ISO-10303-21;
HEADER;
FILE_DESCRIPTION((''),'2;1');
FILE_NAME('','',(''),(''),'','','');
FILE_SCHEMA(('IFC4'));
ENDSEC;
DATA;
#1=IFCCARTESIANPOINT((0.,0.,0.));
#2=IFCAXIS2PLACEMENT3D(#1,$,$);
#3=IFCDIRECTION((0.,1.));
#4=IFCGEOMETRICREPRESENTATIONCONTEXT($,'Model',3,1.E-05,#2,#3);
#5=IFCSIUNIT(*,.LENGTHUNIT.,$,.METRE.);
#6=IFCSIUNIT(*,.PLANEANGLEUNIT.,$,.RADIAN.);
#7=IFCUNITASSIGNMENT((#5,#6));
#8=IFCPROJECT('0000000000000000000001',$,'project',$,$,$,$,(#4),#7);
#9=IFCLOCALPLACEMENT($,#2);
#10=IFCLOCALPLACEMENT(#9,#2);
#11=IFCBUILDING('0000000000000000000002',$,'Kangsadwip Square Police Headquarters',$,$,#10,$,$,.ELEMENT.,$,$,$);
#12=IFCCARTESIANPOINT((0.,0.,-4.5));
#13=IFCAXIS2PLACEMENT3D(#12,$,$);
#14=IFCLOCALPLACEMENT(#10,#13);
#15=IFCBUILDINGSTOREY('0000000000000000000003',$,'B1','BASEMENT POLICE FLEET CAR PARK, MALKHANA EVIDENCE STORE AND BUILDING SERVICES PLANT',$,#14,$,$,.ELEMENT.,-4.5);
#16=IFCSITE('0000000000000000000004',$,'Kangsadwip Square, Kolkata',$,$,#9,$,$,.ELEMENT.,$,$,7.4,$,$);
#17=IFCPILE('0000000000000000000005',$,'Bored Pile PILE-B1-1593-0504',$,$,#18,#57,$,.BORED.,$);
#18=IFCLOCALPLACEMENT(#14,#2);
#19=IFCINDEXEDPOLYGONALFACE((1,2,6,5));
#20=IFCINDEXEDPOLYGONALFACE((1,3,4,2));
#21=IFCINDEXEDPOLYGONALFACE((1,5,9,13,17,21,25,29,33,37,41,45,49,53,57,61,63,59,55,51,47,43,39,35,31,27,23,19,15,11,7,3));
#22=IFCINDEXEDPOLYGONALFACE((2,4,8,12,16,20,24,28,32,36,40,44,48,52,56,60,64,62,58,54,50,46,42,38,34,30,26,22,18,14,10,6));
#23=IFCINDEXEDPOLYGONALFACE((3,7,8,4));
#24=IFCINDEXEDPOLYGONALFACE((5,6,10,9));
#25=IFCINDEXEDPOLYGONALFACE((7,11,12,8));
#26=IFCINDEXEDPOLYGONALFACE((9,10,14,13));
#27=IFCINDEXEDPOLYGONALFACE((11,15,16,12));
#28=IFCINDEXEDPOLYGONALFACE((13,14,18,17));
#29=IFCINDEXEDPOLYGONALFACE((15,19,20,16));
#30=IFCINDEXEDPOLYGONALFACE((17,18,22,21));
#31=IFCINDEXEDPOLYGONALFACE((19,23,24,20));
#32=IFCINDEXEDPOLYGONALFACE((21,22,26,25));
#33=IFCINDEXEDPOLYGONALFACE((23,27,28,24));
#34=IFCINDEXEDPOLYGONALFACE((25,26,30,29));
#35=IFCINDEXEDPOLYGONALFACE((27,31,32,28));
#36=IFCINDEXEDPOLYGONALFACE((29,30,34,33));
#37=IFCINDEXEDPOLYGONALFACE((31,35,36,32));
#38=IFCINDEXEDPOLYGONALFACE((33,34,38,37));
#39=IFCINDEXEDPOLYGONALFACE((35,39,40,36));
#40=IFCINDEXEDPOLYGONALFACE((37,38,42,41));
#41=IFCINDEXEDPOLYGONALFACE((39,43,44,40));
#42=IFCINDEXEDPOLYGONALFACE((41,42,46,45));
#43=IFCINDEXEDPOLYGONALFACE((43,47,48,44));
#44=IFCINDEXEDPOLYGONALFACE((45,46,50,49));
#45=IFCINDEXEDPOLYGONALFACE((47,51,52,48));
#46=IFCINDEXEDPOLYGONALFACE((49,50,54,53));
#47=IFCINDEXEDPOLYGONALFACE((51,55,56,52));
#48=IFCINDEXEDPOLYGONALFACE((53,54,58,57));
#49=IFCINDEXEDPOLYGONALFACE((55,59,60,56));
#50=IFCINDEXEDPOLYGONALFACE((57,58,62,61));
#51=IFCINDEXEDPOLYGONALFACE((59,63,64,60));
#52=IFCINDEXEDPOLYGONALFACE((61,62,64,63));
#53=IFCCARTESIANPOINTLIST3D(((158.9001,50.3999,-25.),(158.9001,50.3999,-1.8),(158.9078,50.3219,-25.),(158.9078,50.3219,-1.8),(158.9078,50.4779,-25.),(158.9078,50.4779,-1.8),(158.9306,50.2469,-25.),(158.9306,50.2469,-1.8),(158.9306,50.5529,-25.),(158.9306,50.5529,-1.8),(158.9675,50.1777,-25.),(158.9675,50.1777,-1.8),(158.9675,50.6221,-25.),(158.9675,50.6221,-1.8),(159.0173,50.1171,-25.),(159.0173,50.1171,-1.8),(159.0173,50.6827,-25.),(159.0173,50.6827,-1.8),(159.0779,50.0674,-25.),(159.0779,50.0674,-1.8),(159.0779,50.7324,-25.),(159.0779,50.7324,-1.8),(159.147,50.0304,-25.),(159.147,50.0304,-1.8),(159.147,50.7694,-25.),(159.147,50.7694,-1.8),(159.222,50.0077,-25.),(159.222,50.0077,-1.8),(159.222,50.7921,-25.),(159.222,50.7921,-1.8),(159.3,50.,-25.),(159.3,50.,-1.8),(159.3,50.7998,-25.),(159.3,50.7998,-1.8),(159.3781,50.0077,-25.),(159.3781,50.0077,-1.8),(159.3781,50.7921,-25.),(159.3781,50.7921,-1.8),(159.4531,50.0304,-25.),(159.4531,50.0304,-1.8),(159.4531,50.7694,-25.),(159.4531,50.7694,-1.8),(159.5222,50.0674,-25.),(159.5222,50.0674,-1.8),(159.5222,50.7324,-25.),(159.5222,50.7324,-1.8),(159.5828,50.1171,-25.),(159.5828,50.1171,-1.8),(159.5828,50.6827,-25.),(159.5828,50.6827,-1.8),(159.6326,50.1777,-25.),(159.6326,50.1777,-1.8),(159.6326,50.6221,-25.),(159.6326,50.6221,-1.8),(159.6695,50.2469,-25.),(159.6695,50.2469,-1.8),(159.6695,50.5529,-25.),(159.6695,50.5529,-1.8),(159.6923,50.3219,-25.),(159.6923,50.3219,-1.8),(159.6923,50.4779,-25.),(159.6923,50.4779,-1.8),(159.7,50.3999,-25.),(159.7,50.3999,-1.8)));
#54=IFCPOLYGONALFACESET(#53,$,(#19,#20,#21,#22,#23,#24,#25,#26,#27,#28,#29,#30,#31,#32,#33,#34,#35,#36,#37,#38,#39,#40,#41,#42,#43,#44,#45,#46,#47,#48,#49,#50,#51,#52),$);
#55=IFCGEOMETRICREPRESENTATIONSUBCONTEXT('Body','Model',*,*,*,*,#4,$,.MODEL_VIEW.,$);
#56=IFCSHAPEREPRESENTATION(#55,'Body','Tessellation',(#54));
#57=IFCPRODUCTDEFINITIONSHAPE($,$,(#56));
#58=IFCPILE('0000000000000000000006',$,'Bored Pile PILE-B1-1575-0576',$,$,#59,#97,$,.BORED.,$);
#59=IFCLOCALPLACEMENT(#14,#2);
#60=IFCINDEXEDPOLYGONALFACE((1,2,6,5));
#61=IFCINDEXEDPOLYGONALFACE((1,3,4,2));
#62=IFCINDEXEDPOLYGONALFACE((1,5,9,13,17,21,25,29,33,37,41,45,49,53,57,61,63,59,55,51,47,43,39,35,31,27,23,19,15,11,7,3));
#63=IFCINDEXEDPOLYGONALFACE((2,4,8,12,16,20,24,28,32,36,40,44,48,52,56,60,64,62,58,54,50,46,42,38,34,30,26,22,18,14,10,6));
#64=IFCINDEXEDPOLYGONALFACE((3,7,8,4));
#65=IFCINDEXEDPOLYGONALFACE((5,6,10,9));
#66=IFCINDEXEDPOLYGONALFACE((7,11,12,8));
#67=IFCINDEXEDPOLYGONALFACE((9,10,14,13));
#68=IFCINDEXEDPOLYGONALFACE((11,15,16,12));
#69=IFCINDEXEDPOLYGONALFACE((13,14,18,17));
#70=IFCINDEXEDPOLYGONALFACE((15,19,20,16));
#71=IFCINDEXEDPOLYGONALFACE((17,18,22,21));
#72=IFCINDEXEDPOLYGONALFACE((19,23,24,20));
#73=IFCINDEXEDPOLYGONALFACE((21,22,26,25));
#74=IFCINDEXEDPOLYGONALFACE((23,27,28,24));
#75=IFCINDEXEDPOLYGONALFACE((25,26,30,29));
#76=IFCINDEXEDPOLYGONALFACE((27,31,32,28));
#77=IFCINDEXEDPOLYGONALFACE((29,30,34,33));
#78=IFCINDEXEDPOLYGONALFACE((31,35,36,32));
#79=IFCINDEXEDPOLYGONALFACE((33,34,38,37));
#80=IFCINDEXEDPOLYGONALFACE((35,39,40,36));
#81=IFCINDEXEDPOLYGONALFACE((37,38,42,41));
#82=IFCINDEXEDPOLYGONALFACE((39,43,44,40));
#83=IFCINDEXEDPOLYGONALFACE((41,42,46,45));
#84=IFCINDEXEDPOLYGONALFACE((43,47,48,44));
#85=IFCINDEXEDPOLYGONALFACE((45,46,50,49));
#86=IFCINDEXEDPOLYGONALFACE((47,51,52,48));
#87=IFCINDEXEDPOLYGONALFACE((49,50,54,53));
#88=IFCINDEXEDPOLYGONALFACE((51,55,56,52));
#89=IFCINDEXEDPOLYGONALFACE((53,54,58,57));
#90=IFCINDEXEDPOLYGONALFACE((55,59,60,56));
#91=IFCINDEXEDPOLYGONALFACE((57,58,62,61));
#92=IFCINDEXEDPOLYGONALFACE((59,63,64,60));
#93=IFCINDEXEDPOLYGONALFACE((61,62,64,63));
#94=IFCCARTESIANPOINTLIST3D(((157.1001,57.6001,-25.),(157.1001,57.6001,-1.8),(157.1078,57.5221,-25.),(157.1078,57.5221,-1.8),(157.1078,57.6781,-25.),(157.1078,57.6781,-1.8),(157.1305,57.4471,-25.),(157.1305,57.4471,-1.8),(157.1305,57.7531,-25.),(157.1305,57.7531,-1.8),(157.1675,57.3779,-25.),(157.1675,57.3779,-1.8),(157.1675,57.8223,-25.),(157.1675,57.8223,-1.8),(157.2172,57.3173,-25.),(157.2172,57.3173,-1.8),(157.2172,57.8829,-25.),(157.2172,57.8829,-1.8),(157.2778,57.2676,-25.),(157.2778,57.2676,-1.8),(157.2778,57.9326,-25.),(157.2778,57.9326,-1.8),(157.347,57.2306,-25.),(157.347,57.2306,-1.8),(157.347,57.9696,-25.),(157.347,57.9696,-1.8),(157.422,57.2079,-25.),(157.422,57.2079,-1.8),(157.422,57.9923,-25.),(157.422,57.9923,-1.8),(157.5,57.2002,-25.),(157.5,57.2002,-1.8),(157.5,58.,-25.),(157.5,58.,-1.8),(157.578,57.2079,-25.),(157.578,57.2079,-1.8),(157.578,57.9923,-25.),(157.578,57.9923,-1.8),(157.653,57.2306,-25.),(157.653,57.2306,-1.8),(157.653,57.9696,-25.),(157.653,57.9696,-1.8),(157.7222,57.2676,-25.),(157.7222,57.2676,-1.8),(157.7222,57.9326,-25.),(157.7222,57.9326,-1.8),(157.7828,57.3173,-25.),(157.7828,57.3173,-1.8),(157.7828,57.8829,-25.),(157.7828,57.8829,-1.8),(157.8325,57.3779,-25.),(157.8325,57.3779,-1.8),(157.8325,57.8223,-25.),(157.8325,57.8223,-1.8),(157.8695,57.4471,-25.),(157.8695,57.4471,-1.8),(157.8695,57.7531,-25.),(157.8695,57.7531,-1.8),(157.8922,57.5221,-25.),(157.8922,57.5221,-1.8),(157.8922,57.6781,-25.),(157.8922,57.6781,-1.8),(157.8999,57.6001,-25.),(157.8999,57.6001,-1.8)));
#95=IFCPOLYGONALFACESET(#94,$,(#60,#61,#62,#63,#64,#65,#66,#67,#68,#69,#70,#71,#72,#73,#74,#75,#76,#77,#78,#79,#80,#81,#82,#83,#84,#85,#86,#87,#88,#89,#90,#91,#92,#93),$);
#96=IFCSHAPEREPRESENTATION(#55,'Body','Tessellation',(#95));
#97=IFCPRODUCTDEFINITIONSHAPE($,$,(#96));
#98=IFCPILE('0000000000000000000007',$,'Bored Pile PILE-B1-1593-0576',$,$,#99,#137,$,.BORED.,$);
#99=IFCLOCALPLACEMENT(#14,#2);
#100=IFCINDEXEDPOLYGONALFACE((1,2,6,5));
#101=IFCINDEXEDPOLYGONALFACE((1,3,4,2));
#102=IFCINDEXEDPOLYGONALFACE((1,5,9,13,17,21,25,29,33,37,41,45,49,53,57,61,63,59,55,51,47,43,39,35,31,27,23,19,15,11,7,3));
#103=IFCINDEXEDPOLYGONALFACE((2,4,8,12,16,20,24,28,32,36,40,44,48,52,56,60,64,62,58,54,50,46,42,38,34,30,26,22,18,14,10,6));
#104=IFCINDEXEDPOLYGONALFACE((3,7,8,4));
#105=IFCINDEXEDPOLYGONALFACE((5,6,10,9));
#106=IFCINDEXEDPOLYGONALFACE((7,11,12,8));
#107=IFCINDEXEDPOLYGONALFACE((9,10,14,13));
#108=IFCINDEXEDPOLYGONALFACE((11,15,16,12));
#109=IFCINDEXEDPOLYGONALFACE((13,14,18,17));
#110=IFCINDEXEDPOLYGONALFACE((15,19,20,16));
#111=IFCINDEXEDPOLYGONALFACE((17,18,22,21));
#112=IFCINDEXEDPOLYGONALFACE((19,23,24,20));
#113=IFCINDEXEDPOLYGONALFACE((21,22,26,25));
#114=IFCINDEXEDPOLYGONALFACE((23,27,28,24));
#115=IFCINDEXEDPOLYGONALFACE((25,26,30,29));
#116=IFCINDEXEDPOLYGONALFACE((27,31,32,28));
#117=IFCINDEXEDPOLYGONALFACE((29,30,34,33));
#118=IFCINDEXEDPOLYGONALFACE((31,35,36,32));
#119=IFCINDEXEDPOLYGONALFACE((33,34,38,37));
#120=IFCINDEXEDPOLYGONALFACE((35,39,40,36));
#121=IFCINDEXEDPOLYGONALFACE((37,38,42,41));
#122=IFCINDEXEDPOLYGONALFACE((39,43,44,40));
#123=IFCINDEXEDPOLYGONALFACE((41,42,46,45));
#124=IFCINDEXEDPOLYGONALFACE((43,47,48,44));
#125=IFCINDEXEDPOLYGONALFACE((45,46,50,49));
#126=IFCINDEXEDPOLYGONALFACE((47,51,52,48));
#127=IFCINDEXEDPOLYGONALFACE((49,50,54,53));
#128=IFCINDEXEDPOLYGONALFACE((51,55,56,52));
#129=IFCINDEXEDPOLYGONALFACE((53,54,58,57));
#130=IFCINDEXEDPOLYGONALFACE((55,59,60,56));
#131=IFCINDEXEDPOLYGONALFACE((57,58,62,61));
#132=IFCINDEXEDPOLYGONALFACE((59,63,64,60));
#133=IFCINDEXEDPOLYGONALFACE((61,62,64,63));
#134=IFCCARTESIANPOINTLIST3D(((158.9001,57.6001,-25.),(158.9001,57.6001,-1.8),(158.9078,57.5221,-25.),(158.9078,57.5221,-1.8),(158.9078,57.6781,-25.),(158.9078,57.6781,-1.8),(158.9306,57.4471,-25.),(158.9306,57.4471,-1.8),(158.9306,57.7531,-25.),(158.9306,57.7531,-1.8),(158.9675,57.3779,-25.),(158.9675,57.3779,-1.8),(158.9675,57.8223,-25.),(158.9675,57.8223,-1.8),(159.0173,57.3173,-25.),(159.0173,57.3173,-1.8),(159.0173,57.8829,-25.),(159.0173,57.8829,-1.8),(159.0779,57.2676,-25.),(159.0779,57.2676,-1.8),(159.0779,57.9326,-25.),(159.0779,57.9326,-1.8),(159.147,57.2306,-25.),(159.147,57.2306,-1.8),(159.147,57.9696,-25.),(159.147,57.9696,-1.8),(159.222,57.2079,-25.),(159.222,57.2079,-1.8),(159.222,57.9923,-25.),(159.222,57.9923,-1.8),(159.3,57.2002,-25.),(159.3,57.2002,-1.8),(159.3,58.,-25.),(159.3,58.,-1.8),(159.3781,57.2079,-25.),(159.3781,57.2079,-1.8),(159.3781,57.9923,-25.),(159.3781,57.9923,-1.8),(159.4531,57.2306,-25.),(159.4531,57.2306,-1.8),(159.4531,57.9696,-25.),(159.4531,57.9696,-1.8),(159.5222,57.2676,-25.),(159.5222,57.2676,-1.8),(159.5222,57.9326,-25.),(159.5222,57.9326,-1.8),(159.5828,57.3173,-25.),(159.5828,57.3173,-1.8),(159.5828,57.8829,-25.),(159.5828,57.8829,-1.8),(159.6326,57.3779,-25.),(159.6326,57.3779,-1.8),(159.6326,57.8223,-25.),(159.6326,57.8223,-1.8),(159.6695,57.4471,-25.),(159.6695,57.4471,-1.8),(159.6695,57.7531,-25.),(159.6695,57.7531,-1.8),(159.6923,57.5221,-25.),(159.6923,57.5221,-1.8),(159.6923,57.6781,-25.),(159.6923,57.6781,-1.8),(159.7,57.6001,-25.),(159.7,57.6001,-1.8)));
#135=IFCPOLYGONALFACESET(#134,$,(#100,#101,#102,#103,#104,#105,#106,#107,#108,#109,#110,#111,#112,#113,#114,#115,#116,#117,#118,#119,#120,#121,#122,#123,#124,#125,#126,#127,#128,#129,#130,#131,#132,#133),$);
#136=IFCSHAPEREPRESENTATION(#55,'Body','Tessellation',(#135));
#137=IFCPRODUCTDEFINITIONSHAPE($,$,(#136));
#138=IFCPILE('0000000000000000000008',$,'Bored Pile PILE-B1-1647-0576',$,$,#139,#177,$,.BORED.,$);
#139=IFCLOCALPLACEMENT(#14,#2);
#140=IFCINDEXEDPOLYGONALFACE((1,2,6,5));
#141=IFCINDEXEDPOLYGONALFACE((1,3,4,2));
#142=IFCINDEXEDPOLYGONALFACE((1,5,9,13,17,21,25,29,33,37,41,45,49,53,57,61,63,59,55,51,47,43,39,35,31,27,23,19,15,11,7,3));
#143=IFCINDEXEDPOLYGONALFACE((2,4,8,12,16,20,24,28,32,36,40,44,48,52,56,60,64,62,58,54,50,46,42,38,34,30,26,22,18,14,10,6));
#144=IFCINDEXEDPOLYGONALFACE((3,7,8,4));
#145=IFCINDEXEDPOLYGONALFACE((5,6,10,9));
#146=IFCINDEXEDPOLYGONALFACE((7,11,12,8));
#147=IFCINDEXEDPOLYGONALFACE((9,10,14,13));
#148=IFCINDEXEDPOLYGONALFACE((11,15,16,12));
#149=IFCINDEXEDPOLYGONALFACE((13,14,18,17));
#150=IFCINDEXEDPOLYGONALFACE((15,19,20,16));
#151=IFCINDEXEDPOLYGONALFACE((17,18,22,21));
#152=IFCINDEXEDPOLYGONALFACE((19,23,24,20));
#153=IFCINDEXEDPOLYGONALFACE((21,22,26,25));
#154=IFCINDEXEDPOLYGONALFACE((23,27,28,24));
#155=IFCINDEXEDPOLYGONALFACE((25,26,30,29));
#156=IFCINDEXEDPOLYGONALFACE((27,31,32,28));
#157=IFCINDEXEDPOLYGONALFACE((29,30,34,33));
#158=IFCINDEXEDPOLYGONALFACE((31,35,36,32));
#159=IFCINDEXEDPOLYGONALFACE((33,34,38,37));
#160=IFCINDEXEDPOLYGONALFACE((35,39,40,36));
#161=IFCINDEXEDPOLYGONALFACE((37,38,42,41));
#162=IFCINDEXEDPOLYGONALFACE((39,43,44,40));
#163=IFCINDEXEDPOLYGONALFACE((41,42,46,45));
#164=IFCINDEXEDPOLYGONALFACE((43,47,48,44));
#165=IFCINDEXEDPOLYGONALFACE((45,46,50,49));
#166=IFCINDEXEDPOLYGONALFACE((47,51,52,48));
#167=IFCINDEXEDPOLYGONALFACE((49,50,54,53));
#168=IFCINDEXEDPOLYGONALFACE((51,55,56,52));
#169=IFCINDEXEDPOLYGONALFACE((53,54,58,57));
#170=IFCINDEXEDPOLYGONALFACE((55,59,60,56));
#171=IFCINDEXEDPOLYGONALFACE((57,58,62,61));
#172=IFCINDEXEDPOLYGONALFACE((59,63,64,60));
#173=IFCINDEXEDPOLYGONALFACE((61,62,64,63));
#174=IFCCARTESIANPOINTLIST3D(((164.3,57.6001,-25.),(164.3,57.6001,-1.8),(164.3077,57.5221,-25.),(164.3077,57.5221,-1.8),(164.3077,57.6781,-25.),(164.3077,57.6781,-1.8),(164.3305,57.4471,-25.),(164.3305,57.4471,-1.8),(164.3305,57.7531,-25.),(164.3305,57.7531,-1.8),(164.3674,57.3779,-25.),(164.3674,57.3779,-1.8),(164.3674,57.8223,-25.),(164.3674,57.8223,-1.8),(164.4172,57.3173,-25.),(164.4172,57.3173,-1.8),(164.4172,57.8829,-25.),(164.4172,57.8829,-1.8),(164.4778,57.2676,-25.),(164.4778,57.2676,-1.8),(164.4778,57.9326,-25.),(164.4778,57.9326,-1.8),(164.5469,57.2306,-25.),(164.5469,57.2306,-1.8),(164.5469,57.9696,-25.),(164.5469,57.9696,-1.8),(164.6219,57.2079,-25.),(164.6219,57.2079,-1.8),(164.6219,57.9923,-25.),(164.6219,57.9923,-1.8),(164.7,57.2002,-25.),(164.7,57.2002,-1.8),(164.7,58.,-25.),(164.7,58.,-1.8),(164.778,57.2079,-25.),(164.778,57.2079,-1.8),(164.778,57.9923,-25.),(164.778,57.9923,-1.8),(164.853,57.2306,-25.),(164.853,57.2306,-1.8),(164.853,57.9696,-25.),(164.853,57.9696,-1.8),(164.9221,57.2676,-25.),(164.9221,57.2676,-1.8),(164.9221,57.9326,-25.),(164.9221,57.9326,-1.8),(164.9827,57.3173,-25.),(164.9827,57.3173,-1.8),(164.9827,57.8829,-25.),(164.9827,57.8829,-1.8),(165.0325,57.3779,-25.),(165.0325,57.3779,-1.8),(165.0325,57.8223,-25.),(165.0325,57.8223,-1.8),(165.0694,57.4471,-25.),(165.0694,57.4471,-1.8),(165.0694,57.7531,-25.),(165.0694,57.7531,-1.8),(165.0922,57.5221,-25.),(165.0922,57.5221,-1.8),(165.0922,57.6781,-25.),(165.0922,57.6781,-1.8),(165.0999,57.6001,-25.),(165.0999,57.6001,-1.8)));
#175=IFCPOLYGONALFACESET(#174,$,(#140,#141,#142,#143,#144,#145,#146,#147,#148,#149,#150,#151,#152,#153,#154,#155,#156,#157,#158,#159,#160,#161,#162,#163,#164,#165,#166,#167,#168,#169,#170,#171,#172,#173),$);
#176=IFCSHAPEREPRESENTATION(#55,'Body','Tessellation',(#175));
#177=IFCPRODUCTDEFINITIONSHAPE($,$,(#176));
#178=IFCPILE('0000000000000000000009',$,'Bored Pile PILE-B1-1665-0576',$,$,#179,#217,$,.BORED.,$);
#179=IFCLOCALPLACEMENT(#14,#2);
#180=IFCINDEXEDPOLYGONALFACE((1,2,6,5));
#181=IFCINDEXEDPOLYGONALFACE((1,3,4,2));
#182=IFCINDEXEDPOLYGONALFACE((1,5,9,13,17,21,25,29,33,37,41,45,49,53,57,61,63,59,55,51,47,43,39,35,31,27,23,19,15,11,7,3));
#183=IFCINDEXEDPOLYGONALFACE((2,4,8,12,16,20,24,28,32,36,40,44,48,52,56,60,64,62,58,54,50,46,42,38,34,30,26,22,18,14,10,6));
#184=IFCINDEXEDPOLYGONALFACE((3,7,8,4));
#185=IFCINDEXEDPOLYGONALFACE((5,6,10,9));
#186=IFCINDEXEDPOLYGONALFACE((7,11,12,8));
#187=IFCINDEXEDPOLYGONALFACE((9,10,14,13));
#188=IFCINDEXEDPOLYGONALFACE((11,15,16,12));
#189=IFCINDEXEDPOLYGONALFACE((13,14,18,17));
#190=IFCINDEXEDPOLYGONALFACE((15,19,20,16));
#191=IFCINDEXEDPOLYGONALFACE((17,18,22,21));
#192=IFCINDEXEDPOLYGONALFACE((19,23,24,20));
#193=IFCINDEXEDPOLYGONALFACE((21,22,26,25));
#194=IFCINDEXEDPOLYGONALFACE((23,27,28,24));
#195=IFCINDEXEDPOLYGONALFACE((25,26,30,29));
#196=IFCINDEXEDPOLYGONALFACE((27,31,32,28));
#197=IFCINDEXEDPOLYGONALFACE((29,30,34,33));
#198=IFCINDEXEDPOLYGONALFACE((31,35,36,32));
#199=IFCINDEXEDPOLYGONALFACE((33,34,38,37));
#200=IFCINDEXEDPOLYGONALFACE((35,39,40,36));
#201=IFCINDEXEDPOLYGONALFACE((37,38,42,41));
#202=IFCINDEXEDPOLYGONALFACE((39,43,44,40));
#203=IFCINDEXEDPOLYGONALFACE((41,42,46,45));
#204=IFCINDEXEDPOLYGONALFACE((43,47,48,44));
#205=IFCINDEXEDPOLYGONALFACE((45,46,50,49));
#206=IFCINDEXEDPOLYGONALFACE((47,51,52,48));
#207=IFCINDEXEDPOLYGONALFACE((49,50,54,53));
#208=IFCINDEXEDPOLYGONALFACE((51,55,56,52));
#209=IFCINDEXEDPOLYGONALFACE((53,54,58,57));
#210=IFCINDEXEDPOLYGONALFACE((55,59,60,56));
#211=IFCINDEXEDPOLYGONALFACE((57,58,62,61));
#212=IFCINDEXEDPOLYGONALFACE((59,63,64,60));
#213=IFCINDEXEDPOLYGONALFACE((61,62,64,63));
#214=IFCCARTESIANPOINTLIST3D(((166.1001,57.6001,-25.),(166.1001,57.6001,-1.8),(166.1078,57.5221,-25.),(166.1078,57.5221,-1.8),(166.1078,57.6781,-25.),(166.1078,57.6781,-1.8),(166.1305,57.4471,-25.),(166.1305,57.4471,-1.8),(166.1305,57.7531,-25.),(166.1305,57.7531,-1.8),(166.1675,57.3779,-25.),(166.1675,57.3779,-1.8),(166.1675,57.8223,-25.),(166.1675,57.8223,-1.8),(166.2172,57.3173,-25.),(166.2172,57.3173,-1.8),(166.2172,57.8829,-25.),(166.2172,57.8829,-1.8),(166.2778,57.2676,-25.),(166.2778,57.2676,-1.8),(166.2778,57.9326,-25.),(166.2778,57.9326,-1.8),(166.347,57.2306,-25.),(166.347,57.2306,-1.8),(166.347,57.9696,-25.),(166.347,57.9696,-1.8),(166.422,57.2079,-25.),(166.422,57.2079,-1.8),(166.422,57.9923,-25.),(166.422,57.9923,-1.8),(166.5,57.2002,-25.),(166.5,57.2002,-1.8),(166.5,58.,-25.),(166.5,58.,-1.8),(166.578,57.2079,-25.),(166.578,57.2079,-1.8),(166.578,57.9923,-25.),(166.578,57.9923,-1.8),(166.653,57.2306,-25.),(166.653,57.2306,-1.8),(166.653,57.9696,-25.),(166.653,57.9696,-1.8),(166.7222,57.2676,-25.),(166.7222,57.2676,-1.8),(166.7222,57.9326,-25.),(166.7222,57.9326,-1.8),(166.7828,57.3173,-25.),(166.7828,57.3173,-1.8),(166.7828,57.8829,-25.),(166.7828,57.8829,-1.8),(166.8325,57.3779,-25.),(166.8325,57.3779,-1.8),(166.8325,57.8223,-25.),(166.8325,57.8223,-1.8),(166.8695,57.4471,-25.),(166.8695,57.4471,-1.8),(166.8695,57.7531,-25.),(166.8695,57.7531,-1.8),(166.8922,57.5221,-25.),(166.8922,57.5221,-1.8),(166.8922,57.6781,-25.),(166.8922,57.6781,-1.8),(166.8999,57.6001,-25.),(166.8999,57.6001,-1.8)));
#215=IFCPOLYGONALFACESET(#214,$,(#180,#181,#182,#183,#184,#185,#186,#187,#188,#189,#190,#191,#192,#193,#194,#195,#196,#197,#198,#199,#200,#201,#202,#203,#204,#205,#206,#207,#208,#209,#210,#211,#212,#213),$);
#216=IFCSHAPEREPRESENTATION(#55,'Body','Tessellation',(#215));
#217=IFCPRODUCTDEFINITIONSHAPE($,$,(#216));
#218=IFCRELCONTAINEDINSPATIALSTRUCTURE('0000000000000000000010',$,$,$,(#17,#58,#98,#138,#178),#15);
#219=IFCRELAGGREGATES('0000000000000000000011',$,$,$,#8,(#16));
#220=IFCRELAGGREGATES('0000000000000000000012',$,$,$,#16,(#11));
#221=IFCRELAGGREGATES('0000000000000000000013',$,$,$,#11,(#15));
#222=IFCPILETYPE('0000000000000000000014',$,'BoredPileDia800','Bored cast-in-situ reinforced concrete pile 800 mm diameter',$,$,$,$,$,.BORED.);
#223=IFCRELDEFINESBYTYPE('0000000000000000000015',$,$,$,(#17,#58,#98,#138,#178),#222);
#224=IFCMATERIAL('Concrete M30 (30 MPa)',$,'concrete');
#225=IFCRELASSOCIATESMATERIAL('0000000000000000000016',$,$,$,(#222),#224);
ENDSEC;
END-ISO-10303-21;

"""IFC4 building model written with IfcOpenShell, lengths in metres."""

from ifc_helpers import new_model, si_unit, direction, frame, origin, origin_2d, place, context, subcontext, project, spatial, circle, extrude, material, material_profile, profile_set, type_object, element, save


model = new_model("IFC4")

# Units and contexts
model_context = context("Model", 3, precision=1e-05, world=origin(), true_north=direction((0.0, 1.0)))
body_context = subcontext(model_context, "Body", "Model", "MODEL_VIEW")
ifc_project = project(units=[si_unit("LENGTHUNIT", "METRE"), si_unit("PLANEANGLEUNIT", "RADIAN")], contexts=[model_context])

# Site, building, storey
site_placement = place(None, origin())
site = spatial("IfcSite", under=ifc_project, at=site_placement, Name="Kangsadwip Square, Kolkata", CompositionType="ELEMENT", RefElevation=7.4)
building_placement = place(site_placement, origin())
building = spatial("IfcBuilding", under=site, at=building_placement, Name="Kangsadwip Square Police Headquarters", CompositionType="ELEMENT")
storey_placement = place(building_placement, frame((0.0, 0.0, -4.5)))
storey = spatial("IfcBuildingStorey", under=building, at=storey_placement, Name="B1", Description="BASEMENT POLICE FLEET CAR PARK, MALKHANA EVIDENCE STORE AND BUILDING SERVICES PLANT", CompositionType="ELEMENT", Elevation=-4.5)

# Piles
ifc_material_1 = material(Name="Concrete M30 (30 MPa)", Category="concrete")
ifc_material_profile_1 = material_profile(ifc_material_1, circle(Radius=0.3999, at=origin_2d()), Name="PILE DIA 800")
ifc_profile_set_1 = profile_set([ifc_material_profile_1], Name="Concrete M30 (30 MPa)")
pile_type_1 = type_object("IfcPileType", Name="BoredPileDia800", Description="Bored cast-in-situ reinforced concrete pile 800 mm diameter", PredefinedType="BORED", material=ifc_profile_set_1)
for number, where, z_axis, x_axis, name in (
    (1, (159.3, 50.3999, -1.8), (0.0, 0.0, -1.0), (1.0, 0.0, 0.0), "Bored Pile PILE-B1-1593-0504"),
    (2, (157.5, 57.6001, -1.8), (0.0, 0.0, -1.0), (1.0, 0.0, 0.0), "Bored Pile PILE-B1-1575-0576"),
    (3, (159.3, 57.6001, -1.8), (0.0, 0.0, -1.0), (1.0, 0.0, 0.0), "Bored Pile PILE-B1-1593-0576"),
    (4, (164.7, 57.6001, -1.8), (0.0, 0.0, -1.0), (1.0, 0.0, 0.0), "Bored Pile PILE-B1-1647-0576"),
    (5, (166.5, 57.6001, -1.8), (0.0, 0.0, -1.0), (1.0, 0.0, 0.0), "Bored Pile PILE-B1-1665-0576"),
):
    element("IfcPile", number, at=place(storey_placement, frame(where, z_axis=z_axis, x_axis=x_axis)), inside=storey, type_object=pile_type_1, Name=name, PredefinedType="BORED", context=body_context, shape_type="SweptSolid", body=[
        extrude(circle(Radius=0.3999, at=origin_2d()), origin(), (0.0, 0.0, 1.0), 23.2),
    ])

save(model, "model.ifc")
